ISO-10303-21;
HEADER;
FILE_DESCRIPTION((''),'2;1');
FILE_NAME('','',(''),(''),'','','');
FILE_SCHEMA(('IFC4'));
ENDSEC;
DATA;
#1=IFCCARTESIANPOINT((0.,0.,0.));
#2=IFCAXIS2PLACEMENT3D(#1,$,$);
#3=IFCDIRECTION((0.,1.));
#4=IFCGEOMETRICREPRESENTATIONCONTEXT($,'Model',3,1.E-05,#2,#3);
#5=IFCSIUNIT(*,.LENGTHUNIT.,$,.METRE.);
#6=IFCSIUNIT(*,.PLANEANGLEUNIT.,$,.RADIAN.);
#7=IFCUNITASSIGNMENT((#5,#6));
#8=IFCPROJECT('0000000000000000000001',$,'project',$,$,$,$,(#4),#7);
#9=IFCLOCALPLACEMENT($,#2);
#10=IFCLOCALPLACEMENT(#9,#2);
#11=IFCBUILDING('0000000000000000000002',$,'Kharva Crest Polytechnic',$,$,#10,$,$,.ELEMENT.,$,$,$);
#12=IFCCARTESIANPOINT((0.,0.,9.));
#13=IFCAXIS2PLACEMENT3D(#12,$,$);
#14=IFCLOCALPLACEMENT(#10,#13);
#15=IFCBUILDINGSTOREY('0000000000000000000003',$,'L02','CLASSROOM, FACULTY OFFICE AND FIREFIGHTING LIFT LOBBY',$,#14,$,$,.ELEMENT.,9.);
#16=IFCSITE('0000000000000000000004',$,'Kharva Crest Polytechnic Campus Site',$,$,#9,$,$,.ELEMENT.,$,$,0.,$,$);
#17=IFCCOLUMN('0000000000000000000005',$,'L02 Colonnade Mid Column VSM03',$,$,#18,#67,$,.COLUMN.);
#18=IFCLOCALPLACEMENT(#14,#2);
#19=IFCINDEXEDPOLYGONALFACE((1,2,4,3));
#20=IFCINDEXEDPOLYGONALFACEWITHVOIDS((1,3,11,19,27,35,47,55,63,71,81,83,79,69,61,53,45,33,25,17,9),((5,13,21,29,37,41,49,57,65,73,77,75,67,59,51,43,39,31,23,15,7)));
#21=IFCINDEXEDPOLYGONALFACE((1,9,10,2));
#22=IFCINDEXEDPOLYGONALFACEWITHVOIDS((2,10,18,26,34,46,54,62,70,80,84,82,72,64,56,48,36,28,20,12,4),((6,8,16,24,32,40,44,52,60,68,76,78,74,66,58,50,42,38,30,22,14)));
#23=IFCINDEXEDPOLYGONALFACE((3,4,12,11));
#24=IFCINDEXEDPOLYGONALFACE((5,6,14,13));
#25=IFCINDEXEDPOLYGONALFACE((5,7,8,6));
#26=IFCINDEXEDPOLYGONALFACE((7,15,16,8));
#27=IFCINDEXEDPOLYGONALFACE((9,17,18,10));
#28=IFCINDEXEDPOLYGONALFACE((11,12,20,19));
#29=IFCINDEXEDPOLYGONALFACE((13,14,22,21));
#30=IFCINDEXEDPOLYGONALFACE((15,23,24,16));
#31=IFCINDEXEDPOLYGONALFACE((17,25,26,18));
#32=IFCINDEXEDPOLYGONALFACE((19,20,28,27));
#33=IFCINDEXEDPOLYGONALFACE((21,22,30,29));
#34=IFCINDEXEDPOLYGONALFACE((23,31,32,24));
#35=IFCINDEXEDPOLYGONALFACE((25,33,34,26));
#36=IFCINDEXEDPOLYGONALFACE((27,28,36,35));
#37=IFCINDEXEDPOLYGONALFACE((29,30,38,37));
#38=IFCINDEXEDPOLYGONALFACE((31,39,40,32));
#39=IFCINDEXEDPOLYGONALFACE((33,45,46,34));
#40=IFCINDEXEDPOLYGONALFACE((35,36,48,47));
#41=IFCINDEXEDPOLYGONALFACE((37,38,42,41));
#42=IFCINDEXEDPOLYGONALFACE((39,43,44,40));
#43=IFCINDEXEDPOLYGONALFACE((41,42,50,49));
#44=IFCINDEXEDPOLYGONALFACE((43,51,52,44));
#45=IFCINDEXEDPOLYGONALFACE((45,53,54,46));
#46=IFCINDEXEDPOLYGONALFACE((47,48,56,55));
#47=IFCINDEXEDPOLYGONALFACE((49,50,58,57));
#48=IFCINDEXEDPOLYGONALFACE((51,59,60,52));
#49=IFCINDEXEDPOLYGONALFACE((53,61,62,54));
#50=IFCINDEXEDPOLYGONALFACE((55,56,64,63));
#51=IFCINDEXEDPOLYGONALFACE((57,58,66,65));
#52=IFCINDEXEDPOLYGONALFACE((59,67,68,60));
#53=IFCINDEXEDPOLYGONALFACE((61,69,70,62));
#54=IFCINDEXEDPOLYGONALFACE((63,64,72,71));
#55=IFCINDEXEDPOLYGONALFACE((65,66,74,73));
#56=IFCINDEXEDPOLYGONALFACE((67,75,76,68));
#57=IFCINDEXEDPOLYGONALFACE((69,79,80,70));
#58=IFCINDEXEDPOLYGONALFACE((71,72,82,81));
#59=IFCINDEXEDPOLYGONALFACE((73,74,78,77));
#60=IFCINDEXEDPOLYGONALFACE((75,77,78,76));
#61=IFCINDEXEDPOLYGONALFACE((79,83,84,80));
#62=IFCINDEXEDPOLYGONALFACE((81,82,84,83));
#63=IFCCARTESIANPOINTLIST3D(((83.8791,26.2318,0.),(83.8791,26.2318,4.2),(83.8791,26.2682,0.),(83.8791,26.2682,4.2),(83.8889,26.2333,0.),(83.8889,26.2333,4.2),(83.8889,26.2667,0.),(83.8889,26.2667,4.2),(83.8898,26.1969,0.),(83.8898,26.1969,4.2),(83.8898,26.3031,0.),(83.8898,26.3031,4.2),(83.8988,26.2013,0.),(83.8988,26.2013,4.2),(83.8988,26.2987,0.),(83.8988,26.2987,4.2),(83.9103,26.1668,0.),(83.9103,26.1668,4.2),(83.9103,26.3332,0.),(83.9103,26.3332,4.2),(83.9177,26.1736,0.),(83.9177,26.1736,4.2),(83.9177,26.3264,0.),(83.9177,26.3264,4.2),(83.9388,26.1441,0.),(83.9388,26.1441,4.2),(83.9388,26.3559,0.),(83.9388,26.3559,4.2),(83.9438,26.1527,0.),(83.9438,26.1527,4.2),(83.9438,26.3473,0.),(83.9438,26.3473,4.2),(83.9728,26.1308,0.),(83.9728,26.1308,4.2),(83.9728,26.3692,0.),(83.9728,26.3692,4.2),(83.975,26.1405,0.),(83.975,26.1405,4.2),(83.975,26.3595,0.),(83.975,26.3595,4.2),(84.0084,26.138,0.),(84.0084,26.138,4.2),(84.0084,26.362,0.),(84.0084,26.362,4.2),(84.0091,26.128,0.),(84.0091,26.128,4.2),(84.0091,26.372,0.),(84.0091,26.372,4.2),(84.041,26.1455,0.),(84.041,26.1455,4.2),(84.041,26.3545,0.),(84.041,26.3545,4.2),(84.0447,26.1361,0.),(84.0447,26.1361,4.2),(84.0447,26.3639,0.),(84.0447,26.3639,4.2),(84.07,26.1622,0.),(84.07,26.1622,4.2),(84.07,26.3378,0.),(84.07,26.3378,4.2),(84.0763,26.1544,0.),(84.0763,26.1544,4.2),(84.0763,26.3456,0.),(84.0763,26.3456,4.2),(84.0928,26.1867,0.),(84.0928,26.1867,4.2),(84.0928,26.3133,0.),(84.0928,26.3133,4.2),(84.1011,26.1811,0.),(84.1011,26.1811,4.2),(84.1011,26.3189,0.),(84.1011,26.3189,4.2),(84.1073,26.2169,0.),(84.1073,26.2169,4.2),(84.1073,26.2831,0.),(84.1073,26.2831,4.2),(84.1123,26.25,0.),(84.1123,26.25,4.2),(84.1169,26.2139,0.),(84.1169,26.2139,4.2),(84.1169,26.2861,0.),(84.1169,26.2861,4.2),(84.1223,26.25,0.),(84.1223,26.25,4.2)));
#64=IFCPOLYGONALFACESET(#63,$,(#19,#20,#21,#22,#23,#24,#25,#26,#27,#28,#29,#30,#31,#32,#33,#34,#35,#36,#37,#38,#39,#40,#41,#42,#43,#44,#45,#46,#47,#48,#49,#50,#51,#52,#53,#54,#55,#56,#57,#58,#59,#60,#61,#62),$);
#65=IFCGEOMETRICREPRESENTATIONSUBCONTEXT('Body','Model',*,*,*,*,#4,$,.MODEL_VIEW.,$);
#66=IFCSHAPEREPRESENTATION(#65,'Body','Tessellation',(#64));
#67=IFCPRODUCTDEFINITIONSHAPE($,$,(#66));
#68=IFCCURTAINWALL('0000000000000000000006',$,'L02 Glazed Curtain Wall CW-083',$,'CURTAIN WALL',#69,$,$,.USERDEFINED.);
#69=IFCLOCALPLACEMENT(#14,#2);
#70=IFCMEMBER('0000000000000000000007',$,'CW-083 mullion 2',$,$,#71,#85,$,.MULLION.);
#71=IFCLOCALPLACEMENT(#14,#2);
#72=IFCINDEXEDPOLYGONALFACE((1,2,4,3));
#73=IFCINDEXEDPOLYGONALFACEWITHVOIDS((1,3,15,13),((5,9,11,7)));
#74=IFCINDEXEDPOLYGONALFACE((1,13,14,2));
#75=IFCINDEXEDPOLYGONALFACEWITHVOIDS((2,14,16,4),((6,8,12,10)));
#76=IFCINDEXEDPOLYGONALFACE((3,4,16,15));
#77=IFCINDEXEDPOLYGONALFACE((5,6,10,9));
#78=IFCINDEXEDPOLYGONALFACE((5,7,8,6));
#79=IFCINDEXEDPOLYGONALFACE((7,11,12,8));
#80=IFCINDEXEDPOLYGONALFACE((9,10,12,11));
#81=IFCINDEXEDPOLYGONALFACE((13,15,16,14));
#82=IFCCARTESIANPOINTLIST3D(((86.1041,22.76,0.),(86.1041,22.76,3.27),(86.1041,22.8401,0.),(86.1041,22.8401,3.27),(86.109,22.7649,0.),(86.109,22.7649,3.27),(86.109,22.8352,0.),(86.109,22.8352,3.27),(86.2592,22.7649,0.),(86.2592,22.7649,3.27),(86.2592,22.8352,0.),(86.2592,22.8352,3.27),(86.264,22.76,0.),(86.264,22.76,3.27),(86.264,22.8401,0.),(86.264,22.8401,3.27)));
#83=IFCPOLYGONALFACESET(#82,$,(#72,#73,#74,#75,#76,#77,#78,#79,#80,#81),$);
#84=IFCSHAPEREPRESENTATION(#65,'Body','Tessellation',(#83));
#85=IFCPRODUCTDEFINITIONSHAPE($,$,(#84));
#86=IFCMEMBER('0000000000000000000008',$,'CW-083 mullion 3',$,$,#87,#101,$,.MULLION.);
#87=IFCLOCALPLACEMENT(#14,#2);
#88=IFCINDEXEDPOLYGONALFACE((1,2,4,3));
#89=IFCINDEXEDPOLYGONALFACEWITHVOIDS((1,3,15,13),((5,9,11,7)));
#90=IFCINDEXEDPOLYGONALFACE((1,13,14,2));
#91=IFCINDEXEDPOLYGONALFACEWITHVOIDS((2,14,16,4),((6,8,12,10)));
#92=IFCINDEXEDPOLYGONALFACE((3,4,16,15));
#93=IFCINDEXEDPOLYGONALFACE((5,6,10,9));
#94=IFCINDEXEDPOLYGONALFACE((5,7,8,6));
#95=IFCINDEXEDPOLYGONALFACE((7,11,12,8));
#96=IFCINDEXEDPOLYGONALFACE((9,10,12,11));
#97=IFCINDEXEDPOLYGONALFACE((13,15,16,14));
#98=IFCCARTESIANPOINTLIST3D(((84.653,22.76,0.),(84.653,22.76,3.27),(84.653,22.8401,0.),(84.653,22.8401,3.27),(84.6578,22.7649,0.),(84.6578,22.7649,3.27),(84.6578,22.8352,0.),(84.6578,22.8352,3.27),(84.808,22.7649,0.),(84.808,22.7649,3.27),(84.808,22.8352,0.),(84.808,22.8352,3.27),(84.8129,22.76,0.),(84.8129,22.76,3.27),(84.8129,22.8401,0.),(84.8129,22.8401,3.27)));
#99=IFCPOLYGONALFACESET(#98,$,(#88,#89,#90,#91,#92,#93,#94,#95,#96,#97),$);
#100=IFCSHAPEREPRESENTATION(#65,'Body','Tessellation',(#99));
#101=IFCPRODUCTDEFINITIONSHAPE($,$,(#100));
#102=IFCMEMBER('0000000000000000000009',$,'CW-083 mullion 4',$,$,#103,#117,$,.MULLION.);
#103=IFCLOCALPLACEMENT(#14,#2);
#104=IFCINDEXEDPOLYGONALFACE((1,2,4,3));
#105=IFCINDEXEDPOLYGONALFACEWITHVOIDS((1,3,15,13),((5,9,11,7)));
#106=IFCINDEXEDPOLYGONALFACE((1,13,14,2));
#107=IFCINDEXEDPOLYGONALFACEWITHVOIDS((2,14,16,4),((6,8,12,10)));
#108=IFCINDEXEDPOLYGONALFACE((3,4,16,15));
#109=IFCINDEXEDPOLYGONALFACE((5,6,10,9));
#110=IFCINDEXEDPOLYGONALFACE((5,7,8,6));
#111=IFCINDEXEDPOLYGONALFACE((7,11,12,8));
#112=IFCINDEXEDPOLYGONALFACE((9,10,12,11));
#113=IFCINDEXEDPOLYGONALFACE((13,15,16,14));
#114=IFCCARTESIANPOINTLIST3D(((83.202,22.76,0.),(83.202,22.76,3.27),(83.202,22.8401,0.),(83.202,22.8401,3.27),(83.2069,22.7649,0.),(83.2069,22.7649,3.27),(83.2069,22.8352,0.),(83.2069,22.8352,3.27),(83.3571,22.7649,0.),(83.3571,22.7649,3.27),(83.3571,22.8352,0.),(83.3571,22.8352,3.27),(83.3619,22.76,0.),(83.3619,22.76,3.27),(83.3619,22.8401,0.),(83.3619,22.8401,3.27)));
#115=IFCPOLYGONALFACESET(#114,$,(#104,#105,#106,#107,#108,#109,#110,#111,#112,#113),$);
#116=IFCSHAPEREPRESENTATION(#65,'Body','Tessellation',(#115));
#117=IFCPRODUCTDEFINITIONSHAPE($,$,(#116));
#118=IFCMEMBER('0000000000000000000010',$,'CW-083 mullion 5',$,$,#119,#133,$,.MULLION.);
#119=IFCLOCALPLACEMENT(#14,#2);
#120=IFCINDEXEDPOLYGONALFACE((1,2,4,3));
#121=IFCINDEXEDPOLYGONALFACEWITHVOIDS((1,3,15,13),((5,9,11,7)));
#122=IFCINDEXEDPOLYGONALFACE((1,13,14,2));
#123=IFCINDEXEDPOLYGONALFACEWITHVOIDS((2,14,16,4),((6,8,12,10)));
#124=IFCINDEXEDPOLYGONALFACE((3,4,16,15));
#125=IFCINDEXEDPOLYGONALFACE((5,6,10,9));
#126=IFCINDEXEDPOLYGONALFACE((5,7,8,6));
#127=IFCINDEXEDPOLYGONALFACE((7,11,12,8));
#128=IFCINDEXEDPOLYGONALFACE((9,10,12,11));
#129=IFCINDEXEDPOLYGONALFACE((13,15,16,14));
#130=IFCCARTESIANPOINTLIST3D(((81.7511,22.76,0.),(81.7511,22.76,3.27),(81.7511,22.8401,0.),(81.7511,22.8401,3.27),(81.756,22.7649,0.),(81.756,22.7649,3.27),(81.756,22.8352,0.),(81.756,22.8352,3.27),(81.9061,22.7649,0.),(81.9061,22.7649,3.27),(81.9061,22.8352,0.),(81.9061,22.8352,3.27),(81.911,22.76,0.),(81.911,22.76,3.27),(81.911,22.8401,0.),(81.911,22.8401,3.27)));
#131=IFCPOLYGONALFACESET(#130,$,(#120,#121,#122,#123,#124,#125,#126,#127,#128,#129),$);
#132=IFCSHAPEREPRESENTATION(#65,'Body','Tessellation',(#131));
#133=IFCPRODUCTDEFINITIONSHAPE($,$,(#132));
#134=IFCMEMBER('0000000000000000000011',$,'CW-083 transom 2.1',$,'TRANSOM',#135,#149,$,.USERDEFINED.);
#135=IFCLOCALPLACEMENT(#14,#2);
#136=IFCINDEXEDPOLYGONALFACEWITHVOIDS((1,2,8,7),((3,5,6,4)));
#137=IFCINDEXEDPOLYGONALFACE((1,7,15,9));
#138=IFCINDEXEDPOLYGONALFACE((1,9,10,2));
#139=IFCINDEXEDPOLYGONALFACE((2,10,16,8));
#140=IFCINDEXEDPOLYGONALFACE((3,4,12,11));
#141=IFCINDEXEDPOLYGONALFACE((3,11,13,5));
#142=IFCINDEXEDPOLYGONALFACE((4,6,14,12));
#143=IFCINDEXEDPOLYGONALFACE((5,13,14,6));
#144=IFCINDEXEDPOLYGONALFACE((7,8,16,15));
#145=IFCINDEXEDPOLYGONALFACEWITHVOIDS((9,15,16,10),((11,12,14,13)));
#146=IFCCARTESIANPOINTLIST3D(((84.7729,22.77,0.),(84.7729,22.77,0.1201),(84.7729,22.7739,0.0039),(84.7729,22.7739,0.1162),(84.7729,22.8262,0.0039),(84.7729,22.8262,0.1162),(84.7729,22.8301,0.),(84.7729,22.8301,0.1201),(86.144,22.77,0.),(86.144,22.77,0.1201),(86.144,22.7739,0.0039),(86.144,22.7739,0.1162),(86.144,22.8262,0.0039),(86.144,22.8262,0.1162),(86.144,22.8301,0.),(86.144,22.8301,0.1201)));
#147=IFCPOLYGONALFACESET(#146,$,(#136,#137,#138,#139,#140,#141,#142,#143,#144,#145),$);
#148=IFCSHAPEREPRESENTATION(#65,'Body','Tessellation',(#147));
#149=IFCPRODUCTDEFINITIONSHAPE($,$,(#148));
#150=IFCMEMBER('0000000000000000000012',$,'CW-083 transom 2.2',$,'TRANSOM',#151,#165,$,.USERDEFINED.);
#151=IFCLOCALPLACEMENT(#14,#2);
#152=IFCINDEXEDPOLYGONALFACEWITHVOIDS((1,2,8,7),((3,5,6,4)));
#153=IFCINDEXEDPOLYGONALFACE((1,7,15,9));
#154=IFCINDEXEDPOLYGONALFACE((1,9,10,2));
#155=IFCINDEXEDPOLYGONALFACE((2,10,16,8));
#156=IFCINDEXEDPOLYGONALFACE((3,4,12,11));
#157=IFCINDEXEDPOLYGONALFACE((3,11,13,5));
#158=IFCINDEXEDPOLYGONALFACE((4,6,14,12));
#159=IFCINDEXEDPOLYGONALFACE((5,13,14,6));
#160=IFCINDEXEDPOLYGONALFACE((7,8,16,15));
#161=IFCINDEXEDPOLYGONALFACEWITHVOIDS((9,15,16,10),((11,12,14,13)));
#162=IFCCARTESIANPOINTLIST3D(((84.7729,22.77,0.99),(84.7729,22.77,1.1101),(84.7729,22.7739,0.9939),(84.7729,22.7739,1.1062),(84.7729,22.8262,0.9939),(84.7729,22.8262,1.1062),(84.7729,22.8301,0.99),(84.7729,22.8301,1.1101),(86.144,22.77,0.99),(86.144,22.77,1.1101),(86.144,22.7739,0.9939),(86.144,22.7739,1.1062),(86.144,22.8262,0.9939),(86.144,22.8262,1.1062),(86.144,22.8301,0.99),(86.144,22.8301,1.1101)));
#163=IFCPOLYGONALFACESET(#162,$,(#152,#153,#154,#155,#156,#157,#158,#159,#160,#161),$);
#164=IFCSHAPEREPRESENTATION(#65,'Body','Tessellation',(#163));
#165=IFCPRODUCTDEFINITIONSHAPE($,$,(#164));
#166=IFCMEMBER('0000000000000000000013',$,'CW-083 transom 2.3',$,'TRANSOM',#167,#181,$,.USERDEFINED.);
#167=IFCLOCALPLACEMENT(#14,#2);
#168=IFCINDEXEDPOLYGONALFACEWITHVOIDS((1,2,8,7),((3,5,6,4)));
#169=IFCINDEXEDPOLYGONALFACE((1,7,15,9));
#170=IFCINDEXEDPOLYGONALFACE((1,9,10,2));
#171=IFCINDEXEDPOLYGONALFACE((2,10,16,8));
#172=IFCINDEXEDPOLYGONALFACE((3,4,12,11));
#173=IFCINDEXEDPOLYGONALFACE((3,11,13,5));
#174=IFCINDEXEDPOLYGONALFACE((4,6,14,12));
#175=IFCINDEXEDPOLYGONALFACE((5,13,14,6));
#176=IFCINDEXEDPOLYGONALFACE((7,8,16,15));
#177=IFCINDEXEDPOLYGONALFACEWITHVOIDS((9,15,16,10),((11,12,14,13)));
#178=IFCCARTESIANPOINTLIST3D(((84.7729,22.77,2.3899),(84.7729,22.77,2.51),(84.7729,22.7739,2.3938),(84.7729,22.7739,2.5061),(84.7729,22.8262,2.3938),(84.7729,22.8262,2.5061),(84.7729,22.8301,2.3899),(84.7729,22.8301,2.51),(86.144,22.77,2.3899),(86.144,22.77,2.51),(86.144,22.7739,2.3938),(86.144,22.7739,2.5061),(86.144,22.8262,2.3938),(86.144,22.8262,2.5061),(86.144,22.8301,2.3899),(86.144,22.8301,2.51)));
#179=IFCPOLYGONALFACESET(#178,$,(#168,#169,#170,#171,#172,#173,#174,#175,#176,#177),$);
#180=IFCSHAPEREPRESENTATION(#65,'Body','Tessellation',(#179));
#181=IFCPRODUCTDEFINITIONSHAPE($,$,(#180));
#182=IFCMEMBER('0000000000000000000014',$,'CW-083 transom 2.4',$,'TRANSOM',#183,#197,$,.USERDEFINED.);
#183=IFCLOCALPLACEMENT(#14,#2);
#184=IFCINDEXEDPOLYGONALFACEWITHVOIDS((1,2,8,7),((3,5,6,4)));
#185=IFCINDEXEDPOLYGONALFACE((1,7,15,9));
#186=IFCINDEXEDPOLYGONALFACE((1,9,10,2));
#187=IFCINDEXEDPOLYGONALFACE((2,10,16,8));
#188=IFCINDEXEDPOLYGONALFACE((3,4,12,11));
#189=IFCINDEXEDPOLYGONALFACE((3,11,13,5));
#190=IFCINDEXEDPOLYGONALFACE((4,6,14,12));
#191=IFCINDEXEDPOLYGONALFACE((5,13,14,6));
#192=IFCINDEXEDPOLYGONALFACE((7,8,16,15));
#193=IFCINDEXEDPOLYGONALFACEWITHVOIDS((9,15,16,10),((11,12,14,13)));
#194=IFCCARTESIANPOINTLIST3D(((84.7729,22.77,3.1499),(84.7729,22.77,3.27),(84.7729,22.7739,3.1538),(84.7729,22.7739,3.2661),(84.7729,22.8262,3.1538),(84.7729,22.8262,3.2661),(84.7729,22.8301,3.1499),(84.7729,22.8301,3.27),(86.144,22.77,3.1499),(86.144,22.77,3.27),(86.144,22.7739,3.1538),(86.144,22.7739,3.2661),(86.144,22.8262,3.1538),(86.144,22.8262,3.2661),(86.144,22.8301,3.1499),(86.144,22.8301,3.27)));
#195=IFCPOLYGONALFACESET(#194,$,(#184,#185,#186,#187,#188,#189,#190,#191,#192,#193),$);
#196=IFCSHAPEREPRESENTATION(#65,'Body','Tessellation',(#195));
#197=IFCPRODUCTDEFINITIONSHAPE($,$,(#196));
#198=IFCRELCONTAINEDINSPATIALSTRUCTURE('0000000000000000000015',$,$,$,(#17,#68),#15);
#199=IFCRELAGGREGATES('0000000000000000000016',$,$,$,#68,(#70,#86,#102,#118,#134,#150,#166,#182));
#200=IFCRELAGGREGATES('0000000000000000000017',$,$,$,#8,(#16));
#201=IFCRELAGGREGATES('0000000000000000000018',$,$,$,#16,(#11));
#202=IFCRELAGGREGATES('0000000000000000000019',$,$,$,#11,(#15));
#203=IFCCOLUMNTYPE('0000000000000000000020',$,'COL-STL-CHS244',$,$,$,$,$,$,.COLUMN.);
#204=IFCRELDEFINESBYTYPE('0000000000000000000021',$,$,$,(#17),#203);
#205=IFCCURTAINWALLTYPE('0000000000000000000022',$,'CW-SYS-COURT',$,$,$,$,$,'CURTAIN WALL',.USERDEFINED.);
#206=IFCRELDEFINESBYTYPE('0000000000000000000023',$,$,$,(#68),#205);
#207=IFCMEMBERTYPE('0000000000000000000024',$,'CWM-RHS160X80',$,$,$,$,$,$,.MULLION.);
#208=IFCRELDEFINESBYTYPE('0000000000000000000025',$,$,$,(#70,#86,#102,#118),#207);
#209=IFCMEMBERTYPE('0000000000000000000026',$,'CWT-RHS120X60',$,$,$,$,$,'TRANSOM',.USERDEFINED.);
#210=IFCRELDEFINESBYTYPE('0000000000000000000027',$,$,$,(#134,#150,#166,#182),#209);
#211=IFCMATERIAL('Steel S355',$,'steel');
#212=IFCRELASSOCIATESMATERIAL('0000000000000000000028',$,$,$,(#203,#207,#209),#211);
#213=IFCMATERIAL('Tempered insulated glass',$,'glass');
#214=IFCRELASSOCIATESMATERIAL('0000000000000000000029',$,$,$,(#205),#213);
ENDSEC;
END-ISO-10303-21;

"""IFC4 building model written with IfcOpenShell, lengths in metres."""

from ifc_helpers import new_model, si_unit, direction, frame, origin, origin_2d, place, context, subcontext, project, spatial, hollow_rectangle, hollow_circle, extrude, material, material_profile, profile_set, type_object, element, aggregate, save


model = new_model("IFC4")

# Units and contexts
model_context = context("Model", 3, precision=1e-05, world=origin(), true_north=direction((0.0, 1.0)))
body_context = subcontext(model_context, "Body", "Model", "MODEL_VIEW")
ifc_project = project(units=[si_unit("LENGTHUNIT", "METRE"), si_unit("PLANEANGLEUNIT", "RADIAN")], contexts=[model_context])

# Site, building, storey
site_placement = place(None, origin())
site = spatial("IfcSite", under=ifc_project, at=site_placement, Name="Kharva Crest Polytechnic Campus Site", CompositionType="ELEMENT", RefElevation=0.0)
building_placement = place(site_placement, origin())
building = spatial("IfcBuilding", under=site, at=building_placement, Name="Kharva Crest Polytechnic", CompositionType="ELEMENT")
storey_placement = place(building_placement, frame((0.0, 0.0, 9.0)))
storey = spatial("IfcBuildingStorey", under=building, at=storey_placement, Name="L02", Description="CLASSROOM, FACULTY OFFICE AND FIREFIGHTING LIFT LOBBY", CompositionType="ELEMENT", Elevation=9.0)

# Column
ifc_material_1 = material(Name="Steel S355", Category="steel")
ifc_material_profile_1 = material_profile(ifc_material_1, hollow_circle(Radius=0.1223, WallThickness=0.01, at=origin_2d()), Name="CHS 244.5X10.0")
ifc_profile_set_1 = profile_set([ifc_material_profile_1], Name="Steel S355")
column_type = type_object("IfcColumnType", Name="COL-STL-CHS244", PredefinedType="COLUMN", material=ifc_profile_set_1)
for number, where, z_axis, x_axis, name in (
    (1, (84.0, 26.25, 0.0), (0.0, 0.0, 1.0), (1.0, 0.0, 0.0), "L02 Colonnade Mid Column VSM03"),
):
    element("IfcColumn", number, at=place(storey_placement, frame(where, z_axis=z_axis, x_axis=x_axis)), inside=storey, type_object=column_type, Name=name, PredefinedType="COLUMN", context=body_context, shape_type="SweptSolid", body=[
        extrude(hollow_circle(Radius=0.1223, WallThickness=0.01, at=origin_2d()), origin(), (0.0, 0.0, 1.0), 4.2),
    ])

# Curtain wall, members
ifc_material_2 = material(Name="Tempered insulated glass", Category="glass")
curtain_wall_type = type_object("IfcCurtainWallType", Name="CW-SYS-COURT", ElementType="CURTAIN WALL", PredefinedType="USERDEFINED", material=ifc_material_2)
curtain_wall_placement = place(storey_placement, origin())
curtain_wall = element("IfcCurtainWall", 2, at=curtain_wall_placement, inside=storey, type_object=curtain_wall_type, Name="L02 Glazed Curtain Wall CW-083", ObjectType="CURTAIN WALL", PredefinedType="USERDEFINED")
ifc_material_profile_2 = material_profile(ifc_material_1, hollow_rectangle(XDim=0.0801, YDim=0.1599, WallThickness=0.0049, at=origin_2d()), Name="RHS 160X80X5.0")
ifc_profile_set_2 = profile_set([ifc_material_profile_2], Name="Steel S355")
member_type_1 = type_object("IfcMemberType", Name="CWM-RHS160X80", PredefinedType="MULLION", material=ifc_profile_set_2)
member_1_placement = place(storey_placement, frame((86.1841, 22.8, 0.0), z_axis=(0.0, 0.0, 1.0), x_axis=(0.0, -1.0, 0.0)))
member_1 = element("IfcMember", 3, at=member_1_placement, type_object=member_type_1, Name="CW-083 mullion 2", PredefinedType="MULLION", context=body_context, shape_type="SweptSolid", body=[
    extrude(hollow_rectangle(XDim=0.0801, YDim=0.1599, WallThickness=0.0049, at=origin_2d()), origin(), (0.0, 0.0, 1.0), 3.27),
])
member_2_placement = place(storey_placement, frame((84.7329, 22.8, 0.0), z_axis=(0.0, 0.0, 1.0), x_axis=(0.0, -1.0, 0.0)))
member_2 = element("IfcMember", 4, at=member_2_placement, type_object=member_type_1, Name="CW-083 mullion 3", PredefinedType="MULLION", context=body_context, shape_type="SweptSolid", body=[
    extrude(hollow_rectangle(XDim=0.0801, YDim=0.1599, WallThickness=0.0049, at=origin_2d()), origin(), (0.0, 0.0, 1.0), 3.27),
])
member_3_placement = place(storey_placement, frame((83.282, 22.8, 0.0), z_axis=(0.0, 0.0, 1.0), x_axis=(0.0, -1.0, 0.0)))
member_3 = element("IfcMember", 5, at=member_3_placement, type_object=member_type_1, Name="CW-083 mullion 4", PredefinedType="MULLION", context=body_context, shape_type="SweptSolid", body=[
    extrude(hollow_rectangle(XDim=0.0801, YDim=0.1599, WallThickness=0.0049, at=origin_2d()), origin(), (0.0, 0.0, 1.0), 3.27),
])
member_4_placement = place(storey_placement, frame((81.8311, 22.8, 0.0), z_axis=(0.0, 0.0, 1.0), x_axis=(0.0, -1.0, 0.0)))
member_4 = element("IfcMember", 6, at=member_4_placement, type_object=member_type_1, Name="CW-083 mullion 5", PredefinedType="MULLION", context=body_context, shape_type="SweptSolid", body=[
    extrude(hollow_rectangle(XDim=0.0801, YDim=0.1599, WallThickness=0.0049, at=origin_2d()), origin(), (0.0, 0.0, 1.0), 3.27),
])
ifc_material_profile_3 = material_profile(ifc_material_1, hollow_rectangle(XDim=0.0601, YDim=0.1201, WallThickness=0.0039, at=origin_2d()), Name="RHS 120X60X4.0")
ifc_profile_set_3 = profile_set([ifc_material_profile_3], Name="Steel S355")
member_type_2 = type_object("IfcMemberType", Name="CWT-RHS120X60", ElementType="TRANSOM", PredefinedType="USERDEFINED", material=ifc_profile_set_3)
member_5_placement = place(storey_placement, frame((86.144, 22.8, 0.0601), z_axis=(-1.0, 0.0, 0.0), x_axis=(0.0, -1.0, 0.0)))
member_5 = element("IfcMember", 7, at=member_5_placement, type_object=member_type_2, Name="CW-083 transom 2.1", ObjectType="TRANSOM", PredefinedType="USERDEFINED", context=body_context, shape_type="SweptSolid", body=[
    extrude(hollow_rectangle(XDim=0.0601, YDim=0.1201, WallThickness=0.0039, at=origin_2d()), origin(), (0.0, 0.0, 1.0), 1.3711),
])
member_6_placement = place(storey_placement, frame((86.144, 22.8, 1.05), z_axis=(-1.0, 0.0, 0.0), x_axis=(0.0, -1.0, 0.0)))
member_6 = element("IfcMember", 8, at=member_6_placement, type_object=member_type_2, Name="CW-083 transom 2.2", ObjectType="TRANSOM", PredefinedType="USERDEFINED", context=body_context, shape_type="SweptSolid", body=[
    extrude(hollow_rectangle(XDim=0.0601, YDim=0.1201, WallThickness=0.0039, at=origin_2d()), origin(), (0.0, 0.0, 1.0), 1.3711),
])
member_7_placement = place(storey_placement, frame((86.144, 22.8, 2.45), z_axis=(-1.0, 0.0, 0.0), x_axis=(0.0, -1.0, 0.0)))
member_7 = element("IfcMember", 9, at=member_7_placement, type_object=member_type_2, Name="CW-083 transom 2.3", ObjectType="TRANSOM", PredefinedType="USERDEFINED", context=body_context, shape_type="SweptSolid", body=[
    extrude(hollow_rectangle(XDim=0.0601, YDim=0.1201, WallThickness=0.0039, at=origin_2d()), origin(), (0.0, 0.0, 1.0), 1.3711),
])
member_8_placement = place(storey_placement, frame((86.144, 22.8, 3.21), z_axis=(-1.0, 0.0, 0.0), x_axis=(0.0, -1.0, 0.0)))
member_8 = element("IfcMember", 10, at=member_8_placement, type_object=member_type_2, Name="CW-083 transom 2.4", ObjectType="TRANSOM", PredefinedType="USERDEFINED", context=body_context, shape_type="SweptSolid", body=[
    extrude(hollow_rectangle(XDim=0.0601, YDim=0.1201, WallThickness=0.0039, at=origin_2d()), origin(), (0.0, 0.0, 1.0), 1.3711),
])
aggregate(curtain_wall, [member_1, member_2, member_3, member_4, member_5, member_6, member_7, member_8])

save(model, "model.ifc")
